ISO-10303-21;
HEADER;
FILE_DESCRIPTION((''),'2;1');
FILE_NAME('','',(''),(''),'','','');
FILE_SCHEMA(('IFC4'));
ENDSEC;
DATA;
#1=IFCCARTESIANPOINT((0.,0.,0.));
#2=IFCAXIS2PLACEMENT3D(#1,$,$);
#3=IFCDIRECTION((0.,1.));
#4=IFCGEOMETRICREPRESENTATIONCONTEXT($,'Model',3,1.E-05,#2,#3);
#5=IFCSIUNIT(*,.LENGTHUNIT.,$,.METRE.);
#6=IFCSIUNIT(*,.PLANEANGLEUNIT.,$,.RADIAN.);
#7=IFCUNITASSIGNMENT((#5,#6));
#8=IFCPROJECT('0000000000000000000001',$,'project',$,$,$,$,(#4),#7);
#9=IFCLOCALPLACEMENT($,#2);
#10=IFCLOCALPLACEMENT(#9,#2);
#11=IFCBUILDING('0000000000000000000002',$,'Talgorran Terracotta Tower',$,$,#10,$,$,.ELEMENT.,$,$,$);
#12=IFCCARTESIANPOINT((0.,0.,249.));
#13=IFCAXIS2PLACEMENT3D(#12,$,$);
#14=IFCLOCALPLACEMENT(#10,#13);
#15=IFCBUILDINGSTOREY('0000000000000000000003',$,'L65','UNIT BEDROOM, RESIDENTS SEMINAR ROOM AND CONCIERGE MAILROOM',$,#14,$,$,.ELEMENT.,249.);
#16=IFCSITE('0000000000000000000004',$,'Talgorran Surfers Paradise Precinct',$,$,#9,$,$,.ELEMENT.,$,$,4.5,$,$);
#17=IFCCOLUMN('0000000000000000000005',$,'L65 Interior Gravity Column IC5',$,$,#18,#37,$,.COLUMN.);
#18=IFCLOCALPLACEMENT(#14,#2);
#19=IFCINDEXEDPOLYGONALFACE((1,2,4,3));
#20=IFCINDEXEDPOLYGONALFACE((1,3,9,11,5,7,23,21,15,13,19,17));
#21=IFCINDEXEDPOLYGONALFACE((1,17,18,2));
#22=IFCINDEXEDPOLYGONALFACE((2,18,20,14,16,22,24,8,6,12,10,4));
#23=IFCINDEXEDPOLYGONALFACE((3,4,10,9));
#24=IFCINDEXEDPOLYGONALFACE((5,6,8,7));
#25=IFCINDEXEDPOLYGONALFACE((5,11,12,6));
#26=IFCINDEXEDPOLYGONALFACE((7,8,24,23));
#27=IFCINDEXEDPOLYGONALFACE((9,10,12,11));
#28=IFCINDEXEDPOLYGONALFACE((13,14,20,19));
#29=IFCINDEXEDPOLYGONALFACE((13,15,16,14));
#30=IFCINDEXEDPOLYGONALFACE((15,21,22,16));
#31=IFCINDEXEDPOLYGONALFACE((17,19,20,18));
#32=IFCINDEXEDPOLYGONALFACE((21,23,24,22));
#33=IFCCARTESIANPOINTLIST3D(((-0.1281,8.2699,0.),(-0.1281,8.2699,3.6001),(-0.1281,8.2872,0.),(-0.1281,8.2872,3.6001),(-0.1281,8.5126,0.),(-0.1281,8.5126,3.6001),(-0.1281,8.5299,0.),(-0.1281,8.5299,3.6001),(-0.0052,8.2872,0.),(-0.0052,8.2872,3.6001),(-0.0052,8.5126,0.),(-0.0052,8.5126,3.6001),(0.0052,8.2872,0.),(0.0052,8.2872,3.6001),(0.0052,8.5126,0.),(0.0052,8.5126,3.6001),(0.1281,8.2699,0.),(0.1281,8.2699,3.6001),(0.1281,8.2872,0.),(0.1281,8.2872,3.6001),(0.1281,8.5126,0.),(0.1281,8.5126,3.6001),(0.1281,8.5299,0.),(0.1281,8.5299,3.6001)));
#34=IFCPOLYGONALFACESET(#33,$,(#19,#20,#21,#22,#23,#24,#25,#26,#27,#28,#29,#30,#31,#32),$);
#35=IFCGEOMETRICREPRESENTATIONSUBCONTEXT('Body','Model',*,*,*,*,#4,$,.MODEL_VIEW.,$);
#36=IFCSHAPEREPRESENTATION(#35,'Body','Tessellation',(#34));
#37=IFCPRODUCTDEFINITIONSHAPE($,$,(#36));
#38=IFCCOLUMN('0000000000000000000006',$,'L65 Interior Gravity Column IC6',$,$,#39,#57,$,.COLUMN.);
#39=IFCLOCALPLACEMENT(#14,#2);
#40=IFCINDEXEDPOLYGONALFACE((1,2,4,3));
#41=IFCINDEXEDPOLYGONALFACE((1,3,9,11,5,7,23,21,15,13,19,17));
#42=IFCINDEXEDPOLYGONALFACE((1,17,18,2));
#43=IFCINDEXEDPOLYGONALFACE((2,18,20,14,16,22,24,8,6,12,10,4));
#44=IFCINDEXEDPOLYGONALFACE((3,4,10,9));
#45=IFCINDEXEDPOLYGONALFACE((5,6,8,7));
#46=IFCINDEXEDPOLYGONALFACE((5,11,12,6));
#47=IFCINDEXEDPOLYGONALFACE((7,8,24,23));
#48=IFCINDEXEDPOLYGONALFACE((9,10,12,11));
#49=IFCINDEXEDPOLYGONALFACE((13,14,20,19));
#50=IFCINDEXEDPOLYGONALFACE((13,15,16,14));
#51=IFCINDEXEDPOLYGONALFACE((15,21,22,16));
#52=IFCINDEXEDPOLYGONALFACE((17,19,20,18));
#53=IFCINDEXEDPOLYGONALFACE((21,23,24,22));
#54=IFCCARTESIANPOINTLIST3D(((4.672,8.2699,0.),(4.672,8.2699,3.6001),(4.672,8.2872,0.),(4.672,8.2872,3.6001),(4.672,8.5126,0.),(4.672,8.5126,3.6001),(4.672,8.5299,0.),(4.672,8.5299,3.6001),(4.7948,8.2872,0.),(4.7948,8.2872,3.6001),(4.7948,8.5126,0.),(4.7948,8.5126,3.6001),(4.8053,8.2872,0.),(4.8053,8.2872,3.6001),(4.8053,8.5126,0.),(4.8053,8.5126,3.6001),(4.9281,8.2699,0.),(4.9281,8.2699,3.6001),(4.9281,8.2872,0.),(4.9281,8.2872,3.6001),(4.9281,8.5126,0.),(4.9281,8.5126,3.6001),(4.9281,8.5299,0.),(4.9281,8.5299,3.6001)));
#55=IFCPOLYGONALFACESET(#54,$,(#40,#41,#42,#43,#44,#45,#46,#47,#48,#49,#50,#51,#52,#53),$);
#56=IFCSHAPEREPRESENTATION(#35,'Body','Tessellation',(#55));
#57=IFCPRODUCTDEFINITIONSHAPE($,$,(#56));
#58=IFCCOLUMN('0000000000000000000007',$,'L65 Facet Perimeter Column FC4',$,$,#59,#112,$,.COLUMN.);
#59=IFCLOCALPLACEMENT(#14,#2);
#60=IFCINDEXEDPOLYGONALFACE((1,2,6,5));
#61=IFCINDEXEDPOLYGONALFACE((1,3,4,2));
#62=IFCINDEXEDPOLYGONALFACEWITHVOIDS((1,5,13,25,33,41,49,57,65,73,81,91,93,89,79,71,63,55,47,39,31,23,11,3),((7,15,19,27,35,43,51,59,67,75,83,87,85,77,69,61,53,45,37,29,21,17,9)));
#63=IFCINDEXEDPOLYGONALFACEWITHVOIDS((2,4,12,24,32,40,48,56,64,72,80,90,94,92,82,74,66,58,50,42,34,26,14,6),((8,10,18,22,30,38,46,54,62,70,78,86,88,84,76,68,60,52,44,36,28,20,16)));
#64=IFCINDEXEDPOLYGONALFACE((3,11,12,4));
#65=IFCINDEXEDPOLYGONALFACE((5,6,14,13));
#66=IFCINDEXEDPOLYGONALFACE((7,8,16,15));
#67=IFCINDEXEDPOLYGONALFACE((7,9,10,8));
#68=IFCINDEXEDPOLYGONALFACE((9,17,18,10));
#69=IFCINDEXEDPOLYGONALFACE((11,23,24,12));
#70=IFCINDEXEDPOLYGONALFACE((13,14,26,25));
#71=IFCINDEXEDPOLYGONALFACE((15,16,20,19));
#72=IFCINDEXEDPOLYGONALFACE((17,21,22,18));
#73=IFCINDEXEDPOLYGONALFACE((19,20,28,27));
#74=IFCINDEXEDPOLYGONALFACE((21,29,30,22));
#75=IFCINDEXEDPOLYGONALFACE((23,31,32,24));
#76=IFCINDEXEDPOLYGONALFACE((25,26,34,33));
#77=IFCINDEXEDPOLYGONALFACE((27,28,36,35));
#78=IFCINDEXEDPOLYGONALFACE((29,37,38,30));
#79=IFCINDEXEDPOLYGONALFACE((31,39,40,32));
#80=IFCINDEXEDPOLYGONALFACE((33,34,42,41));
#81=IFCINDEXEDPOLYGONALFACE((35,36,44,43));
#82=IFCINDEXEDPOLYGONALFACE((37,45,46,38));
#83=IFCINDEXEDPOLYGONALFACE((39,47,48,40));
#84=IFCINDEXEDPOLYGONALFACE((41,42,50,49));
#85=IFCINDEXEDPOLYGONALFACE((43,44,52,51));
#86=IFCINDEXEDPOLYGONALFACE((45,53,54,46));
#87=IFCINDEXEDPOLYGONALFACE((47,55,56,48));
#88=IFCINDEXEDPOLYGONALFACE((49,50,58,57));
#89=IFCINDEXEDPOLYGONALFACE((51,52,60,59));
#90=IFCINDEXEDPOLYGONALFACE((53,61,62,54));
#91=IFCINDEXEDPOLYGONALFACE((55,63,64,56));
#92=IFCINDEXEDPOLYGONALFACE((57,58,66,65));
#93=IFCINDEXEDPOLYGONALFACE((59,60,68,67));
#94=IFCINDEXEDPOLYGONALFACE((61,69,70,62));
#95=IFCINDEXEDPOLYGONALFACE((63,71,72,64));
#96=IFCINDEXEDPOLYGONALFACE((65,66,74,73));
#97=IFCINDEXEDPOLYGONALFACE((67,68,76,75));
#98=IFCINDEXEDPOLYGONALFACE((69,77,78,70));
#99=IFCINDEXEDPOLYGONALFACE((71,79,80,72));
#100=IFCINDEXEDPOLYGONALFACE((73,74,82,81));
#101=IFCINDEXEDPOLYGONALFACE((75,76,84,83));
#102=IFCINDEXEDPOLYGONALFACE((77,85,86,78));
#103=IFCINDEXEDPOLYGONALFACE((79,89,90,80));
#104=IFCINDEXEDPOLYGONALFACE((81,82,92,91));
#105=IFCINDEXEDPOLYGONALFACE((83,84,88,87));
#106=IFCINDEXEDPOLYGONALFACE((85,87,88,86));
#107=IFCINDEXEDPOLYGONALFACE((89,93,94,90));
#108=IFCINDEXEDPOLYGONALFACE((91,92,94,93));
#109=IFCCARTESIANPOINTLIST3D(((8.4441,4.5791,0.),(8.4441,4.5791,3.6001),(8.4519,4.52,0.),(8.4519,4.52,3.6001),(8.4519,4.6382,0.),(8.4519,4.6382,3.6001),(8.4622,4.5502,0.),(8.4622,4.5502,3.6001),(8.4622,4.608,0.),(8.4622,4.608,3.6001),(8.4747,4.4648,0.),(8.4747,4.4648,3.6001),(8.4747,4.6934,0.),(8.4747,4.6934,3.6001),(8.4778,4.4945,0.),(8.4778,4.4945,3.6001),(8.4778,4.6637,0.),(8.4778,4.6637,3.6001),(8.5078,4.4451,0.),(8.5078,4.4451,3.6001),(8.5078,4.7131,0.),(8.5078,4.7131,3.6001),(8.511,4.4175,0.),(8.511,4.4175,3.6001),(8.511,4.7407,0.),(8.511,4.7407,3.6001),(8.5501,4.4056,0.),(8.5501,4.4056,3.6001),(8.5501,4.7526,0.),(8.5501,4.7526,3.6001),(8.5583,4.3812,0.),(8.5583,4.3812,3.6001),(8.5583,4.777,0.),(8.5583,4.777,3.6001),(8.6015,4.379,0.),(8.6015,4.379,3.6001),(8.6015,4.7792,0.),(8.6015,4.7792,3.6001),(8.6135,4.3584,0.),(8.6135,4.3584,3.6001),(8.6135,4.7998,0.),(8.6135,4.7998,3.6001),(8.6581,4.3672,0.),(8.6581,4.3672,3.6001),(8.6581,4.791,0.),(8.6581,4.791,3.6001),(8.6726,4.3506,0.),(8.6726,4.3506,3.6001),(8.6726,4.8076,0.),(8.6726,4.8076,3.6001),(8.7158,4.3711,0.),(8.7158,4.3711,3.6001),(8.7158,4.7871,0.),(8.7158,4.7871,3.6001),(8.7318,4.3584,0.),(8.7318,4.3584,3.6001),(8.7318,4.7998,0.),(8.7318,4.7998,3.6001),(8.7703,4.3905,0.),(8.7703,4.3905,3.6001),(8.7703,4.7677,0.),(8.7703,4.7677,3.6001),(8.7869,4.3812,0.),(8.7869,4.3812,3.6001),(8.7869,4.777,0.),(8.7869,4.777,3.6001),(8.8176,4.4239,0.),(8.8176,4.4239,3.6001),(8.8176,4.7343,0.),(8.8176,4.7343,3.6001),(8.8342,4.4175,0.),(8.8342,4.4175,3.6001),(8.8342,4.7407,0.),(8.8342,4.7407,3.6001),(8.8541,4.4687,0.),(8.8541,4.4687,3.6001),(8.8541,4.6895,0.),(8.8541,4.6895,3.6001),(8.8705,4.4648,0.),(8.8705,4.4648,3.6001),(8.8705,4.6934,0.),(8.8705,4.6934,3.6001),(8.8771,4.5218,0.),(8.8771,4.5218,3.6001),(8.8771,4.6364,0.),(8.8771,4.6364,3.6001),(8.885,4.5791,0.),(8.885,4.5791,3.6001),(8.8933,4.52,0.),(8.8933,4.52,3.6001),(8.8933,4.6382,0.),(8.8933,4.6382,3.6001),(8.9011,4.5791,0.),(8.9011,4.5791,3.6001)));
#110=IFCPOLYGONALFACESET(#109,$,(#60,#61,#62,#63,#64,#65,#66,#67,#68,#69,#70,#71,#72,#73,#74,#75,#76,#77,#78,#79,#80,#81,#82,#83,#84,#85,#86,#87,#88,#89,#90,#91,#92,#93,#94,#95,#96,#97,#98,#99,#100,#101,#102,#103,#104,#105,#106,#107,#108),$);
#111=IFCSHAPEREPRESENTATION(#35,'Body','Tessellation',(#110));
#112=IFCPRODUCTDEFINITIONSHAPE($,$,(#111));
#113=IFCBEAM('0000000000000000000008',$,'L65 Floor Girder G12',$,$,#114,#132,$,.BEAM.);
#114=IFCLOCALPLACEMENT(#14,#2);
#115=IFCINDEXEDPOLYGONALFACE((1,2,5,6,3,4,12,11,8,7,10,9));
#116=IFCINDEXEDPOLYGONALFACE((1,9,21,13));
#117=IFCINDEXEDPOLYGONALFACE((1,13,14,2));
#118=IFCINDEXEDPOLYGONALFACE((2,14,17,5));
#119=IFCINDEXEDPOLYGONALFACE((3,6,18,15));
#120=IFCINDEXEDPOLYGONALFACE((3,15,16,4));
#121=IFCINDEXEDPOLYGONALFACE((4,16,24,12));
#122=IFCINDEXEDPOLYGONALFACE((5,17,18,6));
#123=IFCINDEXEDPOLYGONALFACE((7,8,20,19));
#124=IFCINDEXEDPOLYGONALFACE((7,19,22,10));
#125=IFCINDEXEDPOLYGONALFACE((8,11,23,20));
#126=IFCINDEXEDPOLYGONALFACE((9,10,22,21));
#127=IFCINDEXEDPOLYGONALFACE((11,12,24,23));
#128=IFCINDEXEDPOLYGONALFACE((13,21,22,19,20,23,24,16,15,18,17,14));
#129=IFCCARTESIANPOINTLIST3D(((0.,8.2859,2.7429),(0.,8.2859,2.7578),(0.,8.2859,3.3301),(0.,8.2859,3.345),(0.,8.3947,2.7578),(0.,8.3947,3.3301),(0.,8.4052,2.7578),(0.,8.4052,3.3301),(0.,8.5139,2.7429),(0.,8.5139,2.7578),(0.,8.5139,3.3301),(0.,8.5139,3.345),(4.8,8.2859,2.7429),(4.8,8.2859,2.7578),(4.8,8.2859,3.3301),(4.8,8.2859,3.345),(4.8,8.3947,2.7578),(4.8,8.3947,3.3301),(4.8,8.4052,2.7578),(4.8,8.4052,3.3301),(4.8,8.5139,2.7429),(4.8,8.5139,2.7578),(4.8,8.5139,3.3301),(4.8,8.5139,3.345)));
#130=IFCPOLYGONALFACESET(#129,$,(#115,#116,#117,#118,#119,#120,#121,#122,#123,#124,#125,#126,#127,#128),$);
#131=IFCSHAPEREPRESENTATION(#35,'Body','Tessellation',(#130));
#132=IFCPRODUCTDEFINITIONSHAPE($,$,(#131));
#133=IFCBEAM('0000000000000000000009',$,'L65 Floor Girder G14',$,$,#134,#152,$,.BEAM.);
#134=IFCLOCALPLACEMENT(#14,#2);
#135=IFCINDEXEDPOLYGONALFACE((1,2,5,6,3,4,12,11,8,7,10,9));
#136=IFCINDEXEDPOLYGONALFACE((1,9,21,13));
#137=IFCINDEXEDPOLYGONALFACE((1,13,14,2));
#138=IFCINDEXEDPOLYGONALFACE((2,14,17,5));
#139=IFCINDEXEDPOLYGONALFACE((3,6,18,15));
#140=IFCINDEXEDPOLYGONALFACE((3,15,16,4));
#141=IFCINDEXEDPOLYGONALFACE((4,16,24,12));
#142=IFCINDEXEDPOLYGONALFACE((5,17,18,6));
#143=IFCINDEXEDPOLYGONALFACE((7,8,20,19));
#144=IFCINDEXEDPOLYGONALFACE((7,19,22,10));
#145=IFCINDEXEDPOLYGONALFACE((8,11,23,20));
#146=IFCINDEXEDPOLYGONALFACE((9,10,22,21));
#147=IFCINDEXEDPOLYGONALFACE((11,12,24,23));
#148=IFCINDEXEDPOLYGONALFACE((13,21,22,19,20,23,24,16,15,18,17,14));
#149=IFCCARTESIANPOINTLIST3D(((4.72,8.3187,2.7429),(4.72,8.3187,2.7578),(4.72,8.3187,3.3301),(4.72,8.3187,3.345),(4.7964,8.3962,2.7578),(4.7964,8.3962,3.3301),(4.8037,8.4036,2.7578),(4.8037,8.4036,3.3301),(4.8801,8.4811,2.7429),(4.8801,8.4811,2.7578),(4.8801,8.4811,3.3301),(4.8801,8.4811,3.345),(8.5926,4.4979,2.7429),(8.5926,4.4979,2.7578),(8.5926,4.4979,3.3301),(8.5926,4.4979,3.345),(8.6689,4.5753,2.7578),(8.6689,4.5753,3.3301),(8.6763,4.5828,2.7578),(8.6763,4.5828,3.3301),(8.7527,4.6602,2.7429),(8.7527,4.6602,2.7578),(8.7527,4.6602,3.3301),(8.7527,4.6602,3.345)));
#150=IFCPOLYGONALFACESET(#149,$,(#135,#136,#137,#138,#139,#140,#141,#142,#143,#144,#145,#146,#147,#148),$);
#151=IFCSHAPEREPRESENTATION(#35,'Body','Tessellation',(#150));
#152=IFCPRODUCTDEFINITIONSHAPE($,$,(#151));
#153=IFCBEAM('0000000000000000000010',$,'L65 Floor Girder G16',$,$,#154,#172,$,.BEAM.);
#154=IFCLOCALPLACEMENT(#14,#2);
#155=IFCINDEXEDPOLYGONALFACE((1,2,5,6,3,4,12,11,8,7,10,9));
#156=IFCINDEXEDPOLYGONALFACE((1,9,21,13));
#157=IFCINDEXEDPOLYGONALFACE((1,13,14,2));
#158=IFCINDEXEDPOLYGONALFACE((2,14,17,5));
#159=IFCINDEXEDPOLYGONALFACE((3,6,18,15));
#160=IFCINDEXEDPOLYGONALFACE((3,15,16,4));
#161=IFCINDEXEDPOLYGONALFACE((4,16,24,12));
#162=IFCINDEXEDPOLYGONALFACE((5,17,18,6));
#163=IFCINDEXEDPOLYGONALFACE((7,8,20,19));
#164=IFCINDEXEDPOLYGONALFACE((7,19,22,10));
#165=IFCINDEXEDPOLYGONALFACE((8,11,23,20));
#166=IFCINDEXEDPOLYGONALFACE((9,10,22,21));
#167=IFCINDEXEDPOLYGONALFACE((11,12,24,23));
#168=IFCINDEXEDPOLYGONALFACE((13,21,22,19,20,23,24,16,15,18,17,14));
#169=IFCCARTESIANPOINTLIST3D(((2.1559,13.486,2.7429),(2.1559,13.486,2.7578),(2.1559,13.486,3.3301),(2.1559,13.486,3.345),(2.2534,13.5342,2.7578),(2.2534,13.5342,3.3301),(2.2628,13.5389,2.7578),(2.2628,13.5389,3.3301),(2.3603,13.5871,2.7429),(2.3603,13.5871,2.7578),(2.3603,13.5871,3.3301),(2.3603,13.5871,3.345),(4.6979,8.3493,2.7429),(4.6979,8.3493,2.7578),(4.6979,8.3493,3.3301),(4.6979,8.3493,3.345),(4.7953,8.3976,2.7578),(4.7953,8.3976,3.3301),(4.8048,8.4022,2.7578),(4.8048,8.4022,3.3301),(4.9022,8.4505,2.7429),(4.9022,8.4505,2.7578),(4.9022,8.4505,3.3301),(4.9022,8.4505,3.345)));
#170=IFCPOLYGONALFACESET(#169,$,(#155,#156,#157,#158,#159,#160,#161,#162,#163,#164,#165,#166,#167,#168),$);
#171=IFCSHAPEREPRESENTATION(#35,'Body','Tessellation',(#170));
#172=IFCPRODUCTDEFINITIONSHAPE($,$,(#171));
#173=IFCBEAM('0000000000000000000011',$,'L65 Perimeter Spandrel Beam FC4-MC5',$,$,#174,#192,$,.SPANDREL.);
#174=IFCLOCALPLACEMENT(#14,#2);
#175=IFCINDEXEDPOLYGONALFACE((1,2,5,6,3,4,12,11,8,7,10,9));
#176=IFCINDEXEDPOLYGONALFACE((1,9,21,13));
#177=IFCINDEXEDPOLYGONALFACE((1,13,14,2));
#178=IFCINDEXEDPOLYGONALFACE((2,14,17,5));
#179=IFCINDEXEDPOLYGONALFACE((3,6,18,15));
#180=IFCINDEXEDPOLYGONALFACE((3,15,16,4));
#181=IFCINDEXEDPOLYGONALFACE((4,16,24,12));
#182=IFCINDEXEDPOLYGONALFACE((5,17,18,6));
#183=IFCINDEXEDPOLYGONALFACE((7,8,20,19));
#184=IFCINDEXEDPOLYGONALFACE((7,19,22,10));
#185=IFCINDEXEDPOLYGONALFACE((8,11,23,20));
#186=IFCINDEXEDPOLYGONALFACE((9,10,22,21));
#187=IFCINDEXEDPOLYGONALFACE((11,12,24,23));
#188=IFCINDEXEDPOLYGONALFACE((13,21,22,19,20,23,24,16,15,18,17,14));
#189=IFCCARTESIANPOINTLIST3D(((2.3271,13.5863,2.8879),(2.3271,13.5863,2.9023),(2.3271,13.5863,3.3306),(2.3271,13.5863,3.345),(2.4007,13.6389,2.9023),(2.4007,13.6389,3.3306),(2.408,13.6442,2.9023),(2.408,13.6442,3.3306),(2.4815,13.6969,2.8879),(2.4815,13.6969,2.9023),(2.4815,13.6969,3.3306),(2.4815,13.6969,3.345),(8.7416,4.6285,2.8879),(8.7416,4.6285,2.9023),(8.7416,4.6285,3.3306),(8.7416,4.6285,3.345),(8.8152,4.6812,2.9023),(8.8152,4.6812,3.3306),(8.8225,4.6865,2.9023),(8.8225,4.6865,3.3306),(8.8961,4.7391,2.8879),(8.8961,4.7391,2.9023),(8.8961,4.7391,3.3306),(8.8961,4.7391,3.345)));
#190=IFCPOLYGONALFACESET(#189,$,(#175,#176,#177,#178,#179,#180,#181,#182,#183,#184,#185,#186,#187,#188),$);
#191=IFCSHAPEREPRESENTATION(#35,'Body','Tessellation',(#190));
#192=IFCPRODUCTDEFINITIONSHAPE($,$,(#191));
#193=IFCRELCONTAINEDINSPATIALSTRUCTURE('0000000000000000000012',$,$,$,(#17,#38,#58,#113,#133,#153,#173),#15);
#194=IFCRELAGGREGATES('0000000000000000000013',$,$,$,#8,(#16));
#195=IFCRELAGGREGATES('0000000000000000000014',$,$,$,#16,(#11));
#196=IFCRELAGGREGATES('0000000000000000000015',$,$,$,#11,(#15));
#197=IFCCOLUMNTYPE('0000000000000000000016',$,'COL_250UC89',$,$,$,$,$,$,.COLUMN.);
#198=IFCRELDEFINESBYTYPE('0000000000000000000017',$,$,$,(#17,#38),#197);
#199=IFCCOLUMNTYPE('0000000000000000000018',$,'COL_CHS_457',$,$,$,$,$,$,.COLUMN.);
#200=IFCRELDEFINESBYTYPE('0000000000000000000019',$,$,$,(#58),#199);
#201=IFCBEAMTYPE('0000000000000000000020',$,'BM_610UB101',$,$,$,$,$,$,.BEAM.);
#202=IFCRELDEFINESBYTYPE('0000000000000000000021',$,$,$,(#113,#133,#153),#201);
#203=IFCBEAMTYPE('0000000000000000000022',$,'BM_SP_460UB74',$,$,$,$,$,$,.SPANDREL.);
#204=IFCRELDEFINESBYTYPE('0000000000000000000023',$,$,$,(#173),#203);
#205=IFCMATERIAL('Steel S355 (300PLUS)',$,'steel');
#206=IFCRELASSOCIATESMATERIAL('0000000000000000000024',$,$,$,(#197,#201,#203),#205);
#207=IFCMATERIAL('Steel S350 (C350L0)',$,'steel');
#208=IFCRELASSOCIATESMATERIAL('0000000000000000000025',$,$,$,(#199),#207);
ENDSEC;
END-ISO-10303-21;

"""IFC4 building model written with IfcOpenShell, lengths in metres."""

from ifc_helpers import new_model, si_unit, direction, frame, origin, origin_2d, place, context, subcontext, project, spatial, hollow_circle, i_section, extrude, material, material_profile, profile_set, type_object, element, save


model = new_model("IFC4")

# Units and contexts
model_context = context("Model", 3, precision=1e-05, world=origin(), true_north=direction((0.0, 1.0)))
body_context = subcontext(model_context, "Body", "Model", "MODEL_VIEW")
ifc_project = project(units=[si_unit("LENGTHUNIT", "METRE"), si_unit("PLANEANGLEUNIT", "RADIAN")], contexts=[model_context])

# Site, building, storey
site_placement = place(None, origin())
site = spatial("IfcSite", under=ifc_project, at=site_placement, Name="Talgorran Surfers Paradise Precinct", CompositionType="ELEMENT", RefElevation=4.5)
building_placement = place(site_placement, origin())
building = spatial("IfcBuilding", under=site, at=building_placement, Name="Talgorran Terracotta Tower", CompositionType="ELEMENT")
storey_placement = place(building_placement, frame((0.0, 0.0, 249.0)))
storey = spatial("IfcBuildingStorey", under=building, at=storey_placement, Name="L65", Description="UNIT BEDROOM, RESIDENTS SEMINAR ROOM AND CONCIERGE MAILROOM", CompositionType="ELEMENT", Elevation=249.0)

# Columns
ifc_material_1 = material(Name="Steel S355 (300PLUS)", Category="steel")
ifc_material_profile_1 = material_profile(ifc_material_1, i_section(OverallWidth=0.2561, OverallDepth=0.26, WebThickness=0.0105, FlangeThickness=0.0173, at=origin_2d()), Name="250UC89.5")
ifc_profile_set_1 = profile_set([ifc_material_profile_1], Name="Steel S355 (300PLUS)")
column_type_1 = type_object("IfcColumnType", Name="COL_250UC89", PredefinedType="COLUMN", material=ifc_profile_set_1)
for number, where, z_axis, x_axis, name in (
    (1, (0.0, 8.3999, 0.0), (0.0, 0.0, 1.0), (1.0, 0.0, 0.0), "L65 Interior Gravity Column IC5"),
    (2, (4.8, 8.3999, 0.0), (0.0, 0.0, 1.0), (1.0, 0.0, 0.0), "L65 Interior Gravity Column IC6"),
):
    element("IfcColumn", number, at=place(storey_placement, frame(where, z_axis=z_axis, x_axis=x_axis)), inside=storey, type_object=column_type_1, Name=name, PredefinedType="COLUMN", context=body_context, shape_type="SweptSolid", body=[
        extrude(i_section(OverallWidth=0.2561, OverallDepth=0.26, WebThickness=0.0105, FlangeThickness=0.0173, at=origin_2d()), origin(), (0.0, 0.0, 1.0), 3.6001),
    ])
ifc_material_2 = material(Name="Steel S350 (C350L0)", Category="steel")
ifc_material_profile_2 = material_profile(ifc_material_2, hollow_circle(Radius=0.2285, WallThickness=0.0161, at=origin_2d()), Name="CHS457X16")
ifc_profile_set_2 = profile_set([ifc_material_profile_2], Name="Steel S350 (C350L0)")
column_type_2 = type_object("IfcColumnType", Name="COL_CHS_457", PredefinedType="COLUMN", material=ifc_profile_set_2)
column_placement = place(storey_placement, frame((8.6726, 4.5791, 0.0), z_axis=(0.0, 0.0, 1.0), x_axis=(1.0, 0.0, 0.0)))
element("IfcColumn", 3, at=column_placement, inside=storey, type_object=column_type_2, Name="L65 Facet Perimeter Column FC4", PredefinedType="COLUMN", context=body_context, shape_type="SweptSolid", body=[
    extrude(hollow_circle(Radius=0.2285, WallThickness=0.0161, at=origin_2d()), origin(), (0.0, 0.0, 1.0), 3.6001),
])

# Beams
ifc_material_profile_3 = material_profile(ifc_material_1, i_section(OverallWidth=0.228, OverallDepth=0.6021, WebThickness=0.0105, FlangeThickness=0.0149, at=origin_2d()), Name="610UB101")
ifc_profile_set_3 = profile_set([ifc_material_profile_3], Name="Steel S355 (300PLUS)")
beam_type_1 = type_object("IfcBeamType", Name="BM_610UB101", PredefinedType="BEAM", material=ifc_profile_set_3)
beam_1_placement = place(storey_placement, frame((0.0, 8.3999, 3.0439), z_axis=(1.0, 0.0, 0.0), x_axis=(0.0, 1.0, 0.0)))
element("IfcBeam", 4, at=beam_1_placement, inside=storey, type_object=beam_type_1, Name="L65 Floor Girder G12", PredefinedType="BEAM", context=body_context, shape_type="SweptSolid", body=[
    extrude(i_section(OverallWidth=0.228, OverallDepth=0.6021, WebThickness=0.0105, FlangeThickness=0.0149, at=origin_2d()), origin(), (0.0, 0.0, 1.0), 4.8),
])
beam_2_placement = place(storey_placement, frame((4.8, 8.3999, 3.0439), z_axis=(0.711848, -0.702334, 0.0), x_axis=(0.702334, 0.711848, 0.0)))
element("IfcBeam", 5, at=beam_2_placement, inside=storey, type_object=beam_type_1, Name="L65 Floor Girder G14", PredefinedType="BEAM", context=body_context, shape_type="SweptSolid", body=[
    extrude(i_section(OverallWidth=0.228, OverallDepth=0.6021, WebThickness=0.0105, FlangeThickness=0.0149, at=origin_2d()), origin(), (0.0, 0.0, 1.0), 5.4402),
])
beam_3_placement = place(storey_placement, frame((4.8, 8.3999, 3.0439), z_axis=(-0.443529, 0.89626, 0.0), x_axis=(-0.89626, -0.443529, 0.0)))
element("IfcBeam", 6, at=beam_3_placement, inside=storey, type_object=beam_type_1, Name="L65 Floor Girder G16", PredefinedType="BEAM", context=body_context, shape_type="SweptSolid", body=[
    extrude(i_section(OverallWidth=0.228, OverallDepth=0.6021, WebThickness=0.0105, FlangeThickness=0.0149, at=origin_2d()), origin(), (0.0, 0.0, 1.0), 5.7312),
])
ifc_material_profile_4 = material_profile(ifc_material_1, i_section(OverallWidth=0.1899, OverallDepth=0.457, WebThickness=0.009, FlangeThickness=0.0144, at=origin_2d()), Name="460UB74.6")
ifc_profile_set_4 = profile_set([ifc_material_profile_4], Name="Steel S355 (300PLUS)")
beam_type_2 = type_object("IfcBeamType", Name="BM_SP_460UB74", PredefinedType="SPANDREL", material=ifc_profile_set_4)
beam_4_placement = place(storey_placement, frame((8.8188, 4.6838, 3.1165), z_axis=(-0.582208, 0.81304, 0.0), x_axis=(-0.81304, -0.582208, 0.0)))
element("IfcBeam", 7, at=beam_4_placement, inside=storey, type_object=beam_type_2, Name="L65 Perimeter Spandrel Beam FC4-MC5", PredefinedType="SPANDREL", context=body_context, shape_type="SweptSolid", body=[
    extrude(i_section(OverallWidth=0.1899, OverallDepth=0.457, WebThickness=0.009, FlangeThickness=0.0144, at=origin_2d()), origin(), (0.0, 0.0, 1.0), 11.0176),
])

save(model, "model.ifc")
